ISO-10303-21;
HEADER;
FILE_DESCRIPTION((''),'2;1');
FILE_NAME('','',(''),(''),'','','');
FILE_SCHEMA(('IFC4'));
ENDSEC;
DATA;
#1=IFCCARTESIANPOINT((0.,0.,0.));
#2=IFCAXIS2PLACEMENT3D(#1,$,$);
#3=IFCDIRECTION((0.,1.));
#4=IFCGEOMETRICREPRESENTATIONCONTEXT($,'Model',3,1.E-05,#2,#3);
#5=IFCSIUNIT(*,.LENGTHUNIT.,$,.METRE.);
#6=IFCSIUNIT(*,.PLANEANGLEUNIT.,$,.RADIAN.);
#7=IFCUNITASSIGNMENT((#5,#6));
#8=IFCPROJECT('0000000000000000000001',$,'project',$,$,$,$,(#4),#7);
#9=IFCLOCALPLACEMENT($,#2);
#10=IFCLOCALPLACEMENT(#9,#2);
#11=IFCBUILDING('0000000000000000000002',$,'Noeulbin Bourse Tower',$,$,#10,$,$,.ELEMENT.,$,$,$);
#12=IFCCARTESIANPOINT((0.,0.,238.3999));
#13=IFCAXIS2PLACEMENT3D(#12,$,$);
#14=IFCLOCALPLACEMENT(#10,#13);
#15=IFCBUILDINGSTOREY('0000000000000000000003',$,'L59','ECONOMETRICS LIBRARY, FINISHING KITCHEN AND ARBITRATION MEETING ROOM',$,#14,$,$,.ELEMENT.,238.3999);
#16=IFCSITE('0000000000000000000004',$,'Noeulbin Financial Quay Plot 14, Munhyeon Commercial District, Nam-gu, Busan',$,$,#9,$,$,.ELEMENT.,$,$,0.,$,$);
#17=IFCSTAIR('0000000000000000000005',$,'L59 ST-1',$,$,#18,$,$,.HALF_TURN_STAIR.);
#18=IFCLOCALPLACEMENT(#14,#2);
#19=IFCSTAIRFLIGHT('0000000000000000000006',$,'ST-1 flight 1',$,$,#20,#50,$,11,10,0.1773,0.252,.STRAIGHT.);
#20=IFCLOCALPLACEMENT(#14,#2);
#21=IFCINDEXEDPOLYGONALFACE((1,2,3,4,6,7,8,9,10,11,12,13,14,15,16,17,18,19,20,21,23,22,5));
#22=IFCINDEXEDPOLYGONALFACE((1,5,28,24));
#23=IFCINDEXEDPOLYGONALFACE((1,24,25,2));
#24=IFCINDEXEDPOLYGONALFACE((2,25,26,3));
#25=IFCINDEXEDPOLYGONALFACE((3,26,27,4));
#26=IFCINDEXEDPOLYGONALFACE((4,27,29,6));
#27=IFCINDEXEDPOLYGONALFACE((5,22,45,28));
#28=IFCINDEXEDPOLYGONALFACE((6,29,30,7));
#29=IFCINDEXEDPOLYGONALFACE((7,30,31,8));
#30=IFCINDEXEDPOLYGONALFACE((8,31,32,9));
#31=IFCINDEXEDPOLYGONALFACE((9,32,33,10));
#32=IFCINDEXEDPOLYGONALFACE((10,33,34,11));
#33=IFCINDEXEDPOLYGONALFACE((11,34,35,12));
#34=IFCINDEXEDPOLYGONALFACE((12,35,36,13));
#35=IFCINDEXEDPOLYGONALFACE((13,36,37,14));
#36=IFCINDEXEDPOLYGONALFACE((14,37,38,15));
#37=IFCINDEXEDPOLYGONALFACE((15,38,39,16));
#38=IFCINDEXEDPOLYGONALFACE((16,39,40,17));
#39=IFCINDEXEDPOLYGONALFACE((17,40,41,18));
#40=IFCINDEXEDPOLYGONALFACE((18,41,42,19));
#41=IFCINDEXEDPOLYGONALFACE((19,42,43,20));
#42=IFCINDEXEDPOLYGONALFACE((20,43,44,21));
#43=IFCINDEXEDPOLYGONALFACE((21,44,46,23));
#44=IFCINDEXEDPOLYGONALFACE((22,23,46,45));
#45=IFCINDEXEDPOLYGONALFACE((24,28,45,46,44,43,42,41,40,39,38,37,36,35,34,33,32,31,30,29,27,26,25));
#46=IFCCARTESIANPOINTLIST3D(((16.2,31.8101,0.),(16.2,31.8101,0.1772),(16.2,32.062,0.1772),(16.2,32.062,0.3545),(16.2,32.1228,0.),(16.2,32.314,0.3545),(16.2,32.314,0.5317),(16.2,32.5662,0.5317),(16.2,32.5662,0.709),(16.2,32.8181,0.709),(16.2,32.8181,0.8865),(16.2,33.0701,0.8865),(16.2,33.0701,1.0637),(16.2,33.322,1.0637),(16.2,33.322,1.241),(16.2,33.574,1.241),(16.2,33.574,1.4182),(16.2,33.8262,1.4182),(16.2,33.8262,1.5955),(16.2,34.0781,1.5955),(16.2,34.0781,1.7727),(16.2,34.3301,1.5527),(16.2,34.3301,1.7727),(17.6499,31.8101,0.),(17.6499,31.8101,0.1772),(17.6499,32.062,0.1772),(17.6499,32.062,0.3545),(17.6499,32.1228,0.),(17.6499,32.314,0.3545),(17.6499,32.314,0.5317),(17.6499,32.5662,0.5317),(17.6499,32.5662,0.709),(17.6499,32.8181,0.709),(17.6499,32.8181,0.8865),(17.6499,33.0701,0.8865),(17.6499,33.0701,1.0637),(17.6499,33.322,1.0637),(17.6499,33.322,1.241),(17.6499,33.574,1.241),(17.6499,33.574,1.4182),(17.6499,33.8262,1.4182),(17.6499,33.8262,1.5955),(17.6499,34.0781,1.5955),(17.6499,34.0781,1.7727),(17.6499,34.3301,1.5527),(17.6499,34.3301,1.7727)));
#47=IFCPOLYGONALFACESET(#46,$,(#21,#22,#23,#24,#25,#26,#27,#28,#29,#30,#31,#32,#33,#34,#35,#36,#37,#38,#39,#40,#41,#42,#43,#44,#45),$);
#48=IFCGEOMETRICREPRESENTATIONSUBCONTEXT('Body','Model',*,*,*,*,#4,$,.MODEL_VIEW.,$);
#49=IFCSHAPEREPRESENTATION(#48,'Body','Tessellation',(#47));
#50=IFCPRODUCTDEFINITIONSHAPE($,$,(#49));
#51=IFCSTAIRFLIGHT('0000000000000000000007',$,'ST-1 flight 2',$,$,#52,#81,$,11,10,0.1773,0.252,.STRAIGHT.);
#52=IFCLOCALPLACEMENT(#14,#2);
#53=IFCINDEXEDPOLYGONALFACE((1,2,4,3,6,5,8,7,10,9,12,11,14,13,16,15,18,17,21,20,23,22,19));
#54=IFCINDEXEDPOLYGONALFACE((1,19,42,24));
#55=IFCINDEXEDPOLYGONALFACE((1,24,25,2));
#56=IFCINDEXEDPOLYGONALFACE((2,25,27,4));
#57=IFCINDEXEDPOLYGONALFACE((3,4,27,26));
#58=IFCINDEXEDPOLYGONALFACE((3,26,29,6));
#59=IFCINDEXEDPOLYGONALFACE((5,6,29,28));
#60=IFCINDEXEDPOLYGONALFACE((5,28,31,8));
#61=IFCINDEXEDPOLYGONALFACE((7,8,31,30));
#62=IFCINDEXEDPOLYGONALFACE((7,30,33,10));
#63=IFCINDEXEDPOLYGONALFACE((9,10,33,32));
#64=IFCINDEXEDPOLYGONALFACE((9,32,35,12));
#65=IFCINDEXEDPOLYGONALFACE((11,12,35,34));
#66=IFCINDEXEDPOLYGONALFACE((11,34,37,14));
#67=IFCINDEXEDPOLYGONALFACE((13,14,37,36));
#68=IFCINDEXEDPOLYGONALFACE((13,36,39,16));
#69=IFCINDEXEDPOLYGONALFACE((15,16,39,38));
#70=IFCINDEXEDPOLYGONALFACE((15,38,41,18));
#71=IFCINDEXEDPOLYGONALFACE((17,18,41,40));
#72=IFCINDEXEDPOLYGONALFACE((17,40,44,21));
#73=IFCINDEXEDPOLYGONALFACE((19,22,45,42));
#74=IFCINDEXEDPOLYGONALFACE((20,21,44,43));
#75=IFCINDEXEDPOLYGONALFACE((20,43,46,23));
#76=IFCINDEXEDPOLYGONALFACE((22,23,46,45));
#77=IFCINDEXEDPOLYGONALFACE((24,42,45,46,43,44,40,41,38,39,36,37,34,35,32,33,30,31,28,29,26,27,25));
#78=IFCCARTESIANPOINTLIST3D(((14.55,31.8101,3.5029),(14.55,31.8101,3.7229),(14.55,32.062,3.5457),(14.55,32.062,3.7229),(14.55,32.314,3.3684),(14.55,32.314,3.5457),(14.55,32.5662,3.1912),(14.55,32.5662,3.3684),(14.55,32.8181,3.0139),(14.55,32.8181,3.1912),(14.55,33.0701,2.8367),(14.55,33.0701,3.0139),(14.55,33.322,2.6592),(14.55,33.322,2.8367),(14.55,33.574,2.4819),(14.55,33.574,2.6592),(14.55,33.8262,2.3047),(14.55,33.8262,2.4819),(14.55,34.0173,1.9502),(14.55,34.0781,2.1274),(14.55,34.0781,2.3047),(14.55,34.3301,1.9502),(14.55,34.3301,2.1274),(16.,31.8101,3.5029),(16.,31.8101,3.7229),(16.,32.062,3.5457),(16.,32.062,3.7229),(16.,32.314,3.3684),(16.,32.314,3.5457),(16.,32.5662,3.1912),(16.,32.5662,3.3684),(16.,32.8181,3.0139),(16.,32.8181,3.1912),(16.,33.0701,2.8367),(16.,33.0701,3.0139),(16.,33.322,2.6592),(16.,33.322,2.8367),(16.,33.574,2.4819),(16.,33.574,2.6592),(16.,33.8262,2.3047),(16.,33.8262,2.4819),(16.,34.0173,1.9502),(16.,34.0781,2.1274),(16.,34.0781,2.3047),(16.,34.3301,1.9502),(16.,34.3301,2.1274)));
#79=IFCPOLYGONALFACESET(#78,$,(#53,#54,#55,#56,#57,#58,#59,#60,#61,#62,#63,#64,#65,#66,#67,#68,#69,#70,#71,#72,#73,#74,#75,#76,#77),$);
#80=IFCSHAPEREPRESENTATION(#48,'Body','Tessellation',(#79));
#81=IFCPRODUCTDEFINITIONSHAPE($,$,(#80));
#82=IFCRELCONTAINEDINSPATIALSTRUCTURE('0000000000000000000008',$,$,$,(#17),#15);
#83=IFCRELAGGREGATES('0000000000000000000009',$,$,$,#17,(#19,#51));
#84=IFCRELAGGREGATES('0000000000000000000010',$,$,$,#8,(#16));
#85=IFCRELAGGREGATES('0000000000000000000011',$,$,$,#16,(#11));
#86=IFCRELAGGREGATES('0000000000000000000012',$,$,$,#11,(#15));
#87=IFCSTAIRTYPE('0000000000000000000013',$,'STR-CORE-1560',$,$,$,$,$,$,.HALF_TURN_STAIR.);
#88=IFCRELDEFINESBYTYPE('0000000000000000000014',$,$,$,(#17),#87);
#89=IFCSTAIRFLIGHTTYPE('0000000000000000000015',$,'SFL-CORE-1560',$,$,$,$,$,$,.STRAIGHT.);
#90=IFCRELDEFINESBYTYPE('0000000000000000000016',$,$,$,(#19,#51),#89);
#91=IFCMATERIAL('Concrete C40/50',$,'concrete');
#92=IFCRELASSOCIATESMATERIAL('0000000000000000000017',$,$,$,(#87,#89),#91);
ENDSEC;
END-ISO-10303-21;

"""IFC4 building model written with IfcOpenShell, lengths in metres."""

from ifc_helpers import new_model, si_unit, direction, frame, origin, place, context, subcontext, project, spatial, polyline, outline, extrude, material, type_object, element, aggregate, save


model = new_model("IFC4")

# Units and contexts
model_context = context("Model", 3, precision=1e-05, world=origin(), true_north=direction((0.0, 1.0)))
body_context = subcontext(model_context, "Body", "Model", "MODEL_VIEW")
ifc_project = project(units=[si_unit("LENGTHUNIT", "METRE"), si_unit("PLANEANGLEUNIT", "RADIAN")], contexts=[model_context])

# Site, building, storey
site_placement = place(None, origin())
site = spatial("IfcSite", under=ifc_project, at=site_placement, Name="Noeulbin Financial Quay Plot 14, Munhyeon Commercial District, Nam-gu, Busan", CompositionType="ELEMENT", RefElevation=0.0)
building_placement = place(site_placement, origin())
building = spatial("IfcBuilding", under=site, at=building_placement, Name="Noeulbin Bourse Tower", CompositionType="ELEMENT")
storey_placement = place(building_placement, frame((0.0, 0.0, 238.3999)))
storey = spatial("IfcBuildingStorey", under=building, at=storey_placement, Name="L59", Description="ECONOMETRICS LIBRARY, FINISHING KITCHEN AND ARBITRATION MEETING ROOM", CompositionType="ELEMENT", Elevation=238.3999)

# Shared definitions
ifc_material_1 = material(Name="Concrete C40/50", Category="concrete")

# Stair, stair flights
stair_type = type_object("IfcStairType", Name="STR-CORE-1560", PredefinedType="HALF_TURN_STAIR", material=ifc_material_1)
stair_placement = place(storey_placement, origin())
stair = element("IfcStair", 1, at=stair_placement, inside=storey, type_object=stair_type, Name="L59 ST-1", PredefinedType="HALF_TURN_STAIR")
stair_flight_type = type_object("IfcStairFlightType", Name="SFL-CORE-1560", PredefinedType="STRAIGHT", material=ifc_material_1)
stair_flight_1_placement = place(storey_placement, frame((16.925, 31.8101, 0.0), z_axis=(0.0, 0.0, 1.0), x_axis=(0.0, 1.0, 0.0)))
stair_flight_1 = element("IfcStairFlight", 2, at=stair_flight_1_placement, type_object=stair_flight_type, Name="ST-1 flight 1", NumberOfRisers=11, NumberOfTreads=10, PredefinedType="STRAIGHT", RiserHeight=0.1773, TreadLength=0.252, context=body_context, shape_type="SweptSolid", body=[
    extrude(outline(polyline([(0.0, 0.0), (0.0, 0.1772), (0.252, 0.1772), (0.252, 0.3545), (0.5039, 0.3545), (0.5039, 0.5317), (0.7561, 0.5317), (0.7561, 0.709), (1.0081, 0.709), (1.0081, 0.8865), (1.26, 0.8865), (1.26, 1.0637), (1.512, 1.0637), (1.512, 1.241), (1.7639, 1.241), (1.7639, 1.4182), (2.0161, 1.4182), (2.0161, 1.5955), (2.2681, 1.5955), (2.2681, 1.7727), (2.52, 1.7727), (2.52, 1.95), (2.52, 1.5527), (0.3127, 0.0), (0.0, 0.0)])), frame((0.0, 0.7251, 0.0), z_axis=(0.0, -1.0, 0.0), x_axis=(1.0, 0.0, 0.0)), (0.0, 0.0, 1.0), 1.45),
])
stair_flight_2_placement = place(storey_placement, frame((15.2749, 34.3301, 1.9502), z_axis=(0.0, 0.0, 1.0), x_axis=(0.0, -1.0, 0.0)))
stair_flight_2 = element("IfcStairFlight", 3, at=stair_flight_2_placement, type_object=stair_flight_type, Name="ST-1 flight 2", NumberOfRisers=11, NumberOfTreads=10, PredefinedType="STRAIGHT", RiserHeight=0.1773, TreadLength=0.252, context=body_context, shape_type="SweptSolid", body=[
    extrude(outline(polyline([(0.0, 0.0), (0.0, 0.1772), (0.252, 0.1772), (0.252, 0.3545), (0.5039, 0.3545), (0.5039, 0.5317), (0.7561, 0.5317), (0.7561, 0.709), (1.0081, 0.709), (1.0081, 0.8865), (1.26, 0.8865), (1.26, 1.0637), (1.512, 1.0637), (1.512, 1.241), (1.7639, 1.241), (1.7639, 1.4182), (2.0161, 1.4182), (2.0161, 1.5955), (2.2681, 1.5955), (2.2681, 1.7727), (2.52, 1.7727), (2.52, 1.95), (2.52, 1.5527), (0.3127, 0.0), (0.0, 0.0)])), frame((0.0, 0.7251, 0.0), z_axis=(0.0, -1.0, 0.0), x_axis=(1.0, 0.0, 0.0)), (0.0, 0.0, 1.0), 1.45),
])
aggregate(stair, [stair_flight_1, stair_flight_2])

save(model, "model.ifc")
